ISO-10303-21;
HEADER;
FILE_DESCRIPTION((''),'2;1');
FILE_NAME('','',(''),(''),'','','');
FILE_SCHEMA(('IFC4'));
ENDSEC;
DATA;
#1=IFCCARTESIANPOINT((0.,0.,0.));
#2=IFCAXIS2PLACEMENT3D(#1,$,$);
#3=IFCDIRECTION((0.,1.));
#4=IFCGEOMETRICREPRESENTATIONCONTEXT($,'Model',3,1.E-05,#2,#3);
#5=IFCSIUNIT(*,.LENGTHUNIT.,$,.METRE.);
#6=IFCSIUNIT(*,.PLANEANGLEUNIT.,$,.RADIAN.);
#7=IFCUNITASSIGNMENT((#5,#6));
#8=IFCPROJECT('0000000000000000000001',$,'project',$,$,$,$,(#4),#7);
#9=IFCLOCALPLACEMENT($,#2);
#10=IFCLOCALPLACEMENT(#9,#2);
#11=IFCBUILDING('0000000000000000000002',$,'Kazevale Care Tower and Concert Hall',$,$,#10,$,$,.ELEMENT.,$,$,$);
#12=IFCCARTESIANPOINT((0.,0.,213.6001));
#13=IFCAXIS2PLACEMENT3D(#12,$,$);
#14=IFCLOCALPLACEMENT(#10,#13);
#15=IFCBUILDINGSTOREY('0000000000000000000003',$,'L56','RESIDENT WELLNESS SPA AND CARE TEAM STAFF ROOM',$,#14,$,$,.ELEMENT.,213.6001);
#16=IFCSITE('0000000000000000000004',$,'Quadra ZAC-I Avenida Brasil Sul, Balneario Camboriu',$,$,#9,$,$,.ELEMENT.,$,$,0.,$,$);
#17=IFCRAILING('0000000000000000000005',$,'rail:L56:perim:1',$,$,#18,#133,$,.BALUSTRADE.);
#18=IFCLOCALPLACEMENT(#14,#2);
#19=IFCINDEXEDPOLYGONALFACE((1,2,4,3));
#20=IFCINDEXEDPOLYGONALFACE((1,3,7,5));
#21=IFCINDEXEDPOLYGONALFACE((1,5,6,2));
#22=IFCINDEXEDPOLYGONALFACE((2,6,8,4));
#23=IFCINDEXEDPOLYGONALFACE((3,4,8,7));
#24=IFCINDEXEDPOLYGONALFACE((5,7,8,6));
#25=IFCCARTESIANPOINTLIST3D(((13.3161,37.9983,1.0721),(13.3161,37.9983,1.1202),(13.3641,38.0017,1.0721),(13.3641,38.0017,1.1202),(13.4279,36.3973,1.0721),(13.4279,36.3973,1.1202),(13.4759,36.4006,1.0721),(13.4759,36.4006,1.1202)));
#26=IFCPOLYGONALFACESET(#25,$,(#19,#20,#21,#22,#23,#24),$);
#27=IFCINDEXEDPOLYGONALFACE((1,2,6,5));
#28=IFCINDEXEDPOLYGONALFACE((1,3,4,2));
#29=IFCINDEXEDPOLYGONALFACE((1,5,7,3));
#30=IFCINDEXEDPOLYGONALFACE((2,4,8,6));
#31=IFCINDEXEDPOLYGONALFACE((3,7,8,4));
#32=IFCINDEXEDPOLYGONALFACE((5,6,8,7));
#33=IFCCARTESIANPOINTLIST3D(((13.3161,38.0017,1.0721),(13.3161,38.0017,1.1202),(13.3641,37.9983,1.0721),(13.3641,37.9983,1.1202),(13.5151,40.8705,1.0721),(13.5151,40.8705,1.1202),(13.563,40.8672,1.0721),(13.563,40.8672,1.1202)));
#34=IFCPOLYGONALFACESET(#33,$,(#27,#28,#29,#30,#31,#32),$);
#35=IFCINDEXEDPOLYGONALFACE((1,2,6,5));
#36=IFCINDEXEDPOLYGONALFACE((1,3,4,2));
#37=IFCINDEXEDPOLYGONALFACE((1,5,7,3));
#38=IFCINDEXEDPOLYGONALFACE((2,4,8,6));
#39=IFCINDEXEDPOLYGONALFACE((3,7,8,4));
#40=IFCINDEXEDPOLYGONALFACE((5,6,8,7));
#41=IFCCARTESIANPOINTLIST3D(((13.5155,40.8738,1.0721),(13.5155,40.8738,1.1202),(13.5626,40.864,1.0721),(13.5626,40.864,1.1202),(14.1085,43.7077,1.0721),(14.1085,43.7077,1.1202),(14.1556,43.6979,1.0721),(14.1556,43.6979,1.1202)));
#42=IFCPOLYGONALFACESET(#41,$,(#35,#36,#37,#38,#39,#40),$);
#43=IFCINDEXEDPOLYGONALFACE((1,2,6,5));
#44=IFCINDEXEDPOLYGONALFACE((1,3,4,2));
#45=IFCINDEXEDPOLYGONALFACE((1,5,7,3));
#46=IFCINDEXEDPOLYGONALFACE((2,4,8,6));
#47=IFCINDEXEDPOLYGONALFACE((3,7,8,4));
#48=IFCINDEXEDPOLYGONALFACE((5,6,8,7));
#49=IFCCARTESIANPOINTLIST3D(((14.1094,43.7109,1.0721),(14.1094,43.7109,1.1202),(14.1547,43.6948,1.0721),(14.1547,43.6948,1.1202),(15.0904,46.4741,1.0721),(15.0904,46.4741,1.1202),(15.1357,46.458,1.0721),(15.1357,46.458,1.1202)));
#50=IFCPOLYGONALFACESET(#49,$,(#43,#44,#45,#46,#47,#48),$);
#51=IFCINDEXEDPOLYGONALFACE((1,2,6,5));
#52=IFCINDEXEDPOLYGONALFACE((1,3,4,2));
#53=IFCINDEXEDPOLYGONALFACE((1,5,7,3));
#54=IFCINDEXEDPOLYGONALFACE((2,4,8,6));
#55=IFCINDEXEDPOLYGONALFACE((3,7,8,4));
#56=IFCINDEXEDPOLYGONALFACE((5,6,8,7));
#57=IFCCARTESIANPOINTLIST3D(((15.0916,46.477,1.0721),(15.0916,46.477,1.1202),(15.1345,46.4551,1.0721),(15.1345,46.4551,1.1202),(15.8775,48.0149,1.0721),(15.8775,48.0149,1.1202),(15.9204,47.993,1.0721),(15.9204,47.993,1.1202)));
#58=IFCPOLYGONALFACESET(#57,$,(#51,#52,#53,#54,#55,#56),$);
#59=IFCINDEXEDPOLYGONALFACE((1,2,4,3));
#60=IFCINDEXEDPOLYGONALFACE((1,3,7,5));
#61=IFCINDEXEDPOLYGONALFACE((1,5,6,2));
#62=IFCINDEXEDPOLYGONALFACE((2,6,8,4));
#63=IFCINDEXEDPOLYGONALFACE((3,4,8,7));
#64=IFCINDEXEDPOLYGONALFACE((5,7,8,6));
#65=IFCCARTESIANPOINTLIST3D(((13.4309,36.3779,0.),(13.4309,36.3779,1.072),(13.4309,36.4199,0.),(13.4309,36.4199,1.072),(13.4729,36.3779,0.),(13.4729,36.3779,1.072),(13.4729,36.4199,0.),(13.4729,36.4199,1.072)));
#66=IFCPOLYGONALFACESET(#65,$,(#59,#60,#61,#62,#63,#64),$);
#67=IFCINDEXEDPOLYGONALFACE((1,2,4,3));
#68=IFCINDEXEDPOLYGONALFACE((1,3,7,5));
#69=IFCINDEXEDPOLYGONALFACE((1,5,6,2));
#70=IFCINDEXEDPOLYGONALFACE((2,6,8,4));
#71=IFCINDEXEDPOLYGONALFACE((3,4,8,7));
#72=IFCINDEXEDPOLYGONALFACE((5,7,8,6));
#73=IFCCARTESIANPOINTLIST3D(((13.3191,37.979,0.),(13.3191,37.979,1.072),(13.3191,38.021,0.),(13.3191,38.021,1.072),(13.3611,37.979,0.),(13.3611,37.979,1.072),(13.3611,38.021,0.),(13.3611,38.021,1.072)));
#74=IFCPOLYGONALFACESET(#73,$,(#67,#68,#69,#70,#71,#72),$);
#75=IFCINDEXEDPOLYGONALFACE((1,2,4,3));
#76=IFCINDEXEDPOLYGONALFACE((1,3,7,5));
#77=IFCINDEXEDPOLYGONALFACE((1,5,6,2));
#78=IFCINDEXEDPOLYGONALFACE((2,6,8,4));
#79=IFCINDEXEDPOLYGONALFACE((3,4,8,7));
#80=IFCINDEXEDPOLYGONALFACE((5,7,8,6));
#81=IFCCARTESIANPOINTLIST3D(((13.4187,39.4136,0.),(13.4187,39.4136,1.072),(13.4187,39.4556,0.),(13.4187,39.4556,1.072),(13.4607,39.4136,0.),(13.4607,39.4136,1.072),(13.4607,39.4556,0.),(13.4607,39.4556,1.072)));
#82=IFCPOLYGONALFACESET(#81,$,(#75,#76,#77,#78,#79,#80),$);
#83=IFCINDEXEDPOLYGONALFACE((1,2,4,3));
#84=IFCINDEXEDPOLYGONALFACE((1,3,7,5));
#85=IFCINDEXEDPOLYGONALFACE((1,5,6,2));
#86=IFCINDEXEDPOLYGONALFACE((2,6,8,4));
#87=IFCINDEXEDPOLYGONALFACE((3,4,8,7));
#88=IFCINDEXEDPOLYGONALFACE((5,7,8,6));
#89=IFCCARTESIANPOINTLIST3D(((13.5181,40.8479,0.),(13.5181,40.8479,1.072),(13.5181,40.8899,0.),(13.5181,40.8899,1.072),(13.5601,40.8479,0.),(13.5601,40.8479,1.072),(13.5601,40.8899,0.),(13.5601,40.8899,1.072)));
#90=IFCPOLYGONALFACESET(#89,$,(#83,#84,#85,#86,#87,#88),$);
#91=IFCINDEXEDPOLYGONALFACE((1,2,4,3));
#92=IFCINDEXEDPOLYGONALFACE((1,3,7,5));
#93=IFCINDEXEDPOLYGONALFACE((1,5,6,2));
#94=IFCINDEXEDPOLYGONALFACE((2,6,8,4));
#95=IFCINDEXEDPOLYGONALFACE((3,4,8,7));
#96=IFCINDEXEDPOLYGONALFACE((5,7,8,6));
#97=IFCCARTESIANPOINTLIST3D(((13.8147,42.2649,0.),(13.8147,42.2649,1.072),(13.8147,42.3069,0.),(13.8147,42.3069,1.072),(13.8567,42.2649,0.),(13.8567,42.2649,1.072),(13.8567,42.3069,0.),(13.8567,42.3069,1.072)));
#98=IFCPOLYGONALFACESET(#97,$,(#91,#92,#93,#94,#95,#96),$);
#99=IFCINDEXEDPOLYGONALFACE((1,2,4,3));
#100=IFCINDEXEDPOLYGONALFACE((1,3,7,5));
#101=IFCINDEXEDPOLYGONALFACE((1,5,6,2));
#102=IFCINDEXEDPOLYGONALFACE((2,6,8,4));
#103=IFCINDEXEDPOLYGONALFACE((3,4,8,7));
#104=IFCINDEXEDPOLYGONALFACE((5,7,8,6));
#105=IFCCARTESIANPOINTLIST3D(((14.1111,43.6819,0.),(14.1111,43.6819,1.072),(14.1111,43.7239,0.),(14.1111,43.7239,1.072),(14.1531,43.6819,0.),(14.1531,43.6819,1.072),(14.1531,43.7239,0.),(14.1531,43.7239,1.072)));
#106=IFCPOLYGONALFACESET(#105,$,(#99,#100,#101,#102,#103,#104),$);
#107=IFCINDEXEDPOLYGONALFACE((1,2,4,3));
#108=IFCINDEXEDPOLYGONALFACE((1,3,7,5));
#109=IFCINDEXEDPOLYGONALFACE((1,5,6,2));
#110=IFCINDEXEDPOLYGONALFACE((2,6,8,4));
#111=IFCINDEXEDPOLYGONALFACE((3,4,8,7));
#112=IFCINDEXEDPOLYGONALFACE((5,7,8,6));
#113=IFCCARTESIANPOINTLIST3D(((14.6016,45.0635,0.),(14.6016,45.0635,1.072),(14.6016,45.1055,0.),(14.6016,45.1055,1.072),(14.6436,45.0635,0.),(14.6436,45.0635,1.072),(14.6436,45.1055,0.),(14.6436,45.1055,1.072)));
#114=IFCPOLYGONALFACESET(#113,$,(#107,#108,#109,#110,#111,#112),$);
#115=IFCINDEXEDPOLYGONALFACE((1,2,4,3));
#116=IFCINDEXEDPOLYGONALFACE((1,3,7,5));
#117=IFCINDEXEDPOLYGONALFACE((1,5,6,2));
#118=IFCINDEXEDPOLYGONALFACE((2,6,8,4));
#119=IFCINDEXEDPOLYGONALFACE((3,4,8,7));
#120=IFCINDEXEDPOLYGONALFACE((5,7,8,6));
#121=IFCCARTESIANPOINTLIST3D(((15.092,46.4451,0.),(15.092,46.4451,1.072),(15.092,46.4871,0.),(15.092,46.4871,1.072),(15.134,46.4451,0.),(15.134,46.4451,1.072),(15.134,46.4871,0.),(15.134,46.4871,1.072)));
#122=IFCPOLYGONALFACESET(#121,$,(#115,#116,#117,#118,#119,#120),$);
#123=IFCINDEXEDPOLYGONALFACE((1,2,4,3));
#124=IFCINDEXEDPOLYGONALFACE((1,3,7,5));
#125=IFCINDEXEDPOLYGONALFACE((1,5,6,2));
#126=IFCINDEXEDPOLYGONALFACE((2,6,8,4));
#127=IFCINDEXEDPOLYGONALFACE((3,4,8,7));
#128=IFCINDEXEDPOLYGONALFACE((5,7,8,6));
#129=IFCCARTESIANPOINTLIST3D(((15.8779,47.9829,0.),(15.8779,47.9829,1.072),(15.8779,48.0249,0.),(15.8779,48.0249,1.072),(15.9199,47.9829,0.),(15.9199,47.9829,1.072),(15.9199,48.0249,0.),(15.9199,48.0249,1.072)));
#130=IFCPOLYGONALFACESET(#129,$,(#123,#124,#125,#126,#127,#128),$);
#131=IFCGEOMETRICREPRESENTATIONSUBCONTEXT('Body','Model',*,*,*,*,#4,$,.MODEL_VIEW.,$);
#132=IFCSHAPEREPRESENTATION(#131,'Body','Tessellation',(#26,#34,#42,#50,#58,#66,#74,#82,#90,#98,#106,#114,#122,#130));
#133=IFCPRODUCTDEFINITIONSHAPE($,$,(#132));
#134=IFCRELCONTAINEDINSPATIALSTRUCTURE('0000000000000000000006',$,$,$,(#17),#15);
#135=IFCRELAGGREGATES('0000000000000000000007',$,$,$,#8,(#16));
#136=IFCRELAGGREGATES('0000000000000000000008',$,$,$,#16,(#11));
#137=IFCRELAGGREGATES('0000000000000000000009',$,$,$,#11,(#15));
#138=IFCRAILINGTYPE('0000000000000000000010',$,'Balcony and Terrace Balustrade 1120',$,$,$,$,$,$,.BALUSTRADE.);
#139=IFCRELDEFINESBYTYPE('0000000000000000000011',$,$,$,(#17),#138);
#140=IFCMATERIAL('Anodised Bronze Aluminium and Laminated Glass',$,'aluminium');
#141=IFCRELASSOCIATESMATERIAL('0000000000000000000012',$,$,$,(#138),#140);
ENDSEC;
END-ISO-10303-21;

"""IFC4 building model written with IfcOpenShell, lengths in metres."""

from ifc_helpers import new_model, si_unit, direction, frame, origin, origin_2d, place, context, subcontext, project, spatial, rectangle, extrude, material, type_object, element, save


model = new_model("IFC4")

# Units and contexts
model_context = context("Model", 3, precision=1e-05, world=origin(), true_north=direction((0.0, 1.0)))
body_context = subcontext(model_context, "Body", "Model", "MODEL_VIEW")
ifc_project = project(units=[si_unit("LENGTHUNIT", "METRE"), si_unit("PLANEANGLEUNIT", "RADIAN")], contexts=[model_context])

# Site, building, storey
site_placement = place(None, origin())
site = spatial("IfcSite", under=ifc_project, at=site_placement, Name="Quadra ZAC-I Avenida Brasil Sul, Balneario Camboriu", CompositionType="ELEMENT", RefElevation=0.0)
building_placement = place(site_placement, origin())
building = spatial("IfcBuilding", under=site, at=building_placement, Name="Kazevale Care Tower and Concert Hall", CompositionType="ELEMENT")
storey_placement = place(building_placement, frame((0.0, 0.0, 213.6001)))
storey = spatial("IfcBuildingStorey", under=building, at=storey_placement, Name="L56", Description="RESIDENT WELLNESS SPA AND CARE TEAM STAFF ROOM", CompositionType="ELEMENT", Elevation=213.6001)

# Railing
ifc_material_1 = material(Name="Anodised Bronze Aluminium and Laminated Glass", Category="aluminium")
railing_type = type_object("IfcRailingType", Name="Balcony and Terrace Balustrade 1120", PredefinedType="BALUSTRADE", material=ifc_material_1)
railing_placement = place(storey_placement, frame((13.4519, 36.3989, 0.0)))
element("IfcRailing", 1, at=railing_placement, inside=storey, type_object=railing_type, Name="rail:L56:perim:1", PredefinedType="BALUSTRADE", context=body_context, shape_type="SweptSolid", body=[
    extrude(rectangle(XDim=0.0481, YDim=0.0481, at=origin_2d()), frame((0.0, 0.0, 1.0962), z_axis=(-0.069669, 0.99757, 0.0), x_axis=(-0.99757, -0.069669, 0.0)), (0.0, 0.0, 1.0), 1.605),
    extrude(rectangle(XDim=0.0481, YDim=0.0481, at=origin_2d()), frame((-0.1118, 1.6011, 1.0962), z_axis=(0.06919, 0.997604, 0.0), x_axis=(-0.997604, 0.06919, 0.0)), (0.0, 0.0, 1.0), 2.8757),
    extrude(rectangle(XDim=0.0481, YDim=0.0481, at=origin_2d()), frame((0.0872, 4.47, 1.0962), z_axis=(0.204816, 0.9788, 0.0), x_axis=(-0.9788, 0.204816, 0.0)), (0.0, 0.0, 1.0), 2.8953),
    extrude(rectangle(XDim=0.0481, YDim=0.0481, at=origin_2d()), frame((0.6802, 7.304, 1.0962), z_axis=(0.334553, 0.942377, 0.0), x_axis=(-0.942377, 0.334553, 0.0)), (0.0, 0.0, 1.0), 2.9321),
    extrude(rectangle(XDim=0.0481, YDim=0.0481, at=origin_2d()), frame((1.6611, 10.0671, 1.0962), z_axis=(0.455056, 0.890463, 0.0), x_axis=(-0.890463, 0.455056, 0.0)), (0.0, 0.0, 1.0), 1.7271),
    extrude(rectangle(XDim=0.042, YDim=0.042, at=origin_2d()), origin(), (0.0, 0.0, 1.0), 1.072),
    extrude(rectangle(XDim=0.042, YDim=0.042, at=origin_2d()), frame((-0.1118, 1.6011, 0.0)), (0.0, 0.0, 1.0), 1.072),
    extrude(rectangle(XDim=0.042, YDim=0.042, at=origin_2d()), frame((-0.0122, 3.0356, 0.0)), (0.0, 0.0, 1.0), 1.072),
    extrude(rectangle(XDim=0.042, YDim=0.042, at=origin_2d()), frame((0.0872, 4.47, 0.0)), (0.0, 0.0, 1.0), 1.072),
    extrude(rectangle(XDim=0.042, YDim=0.042, at=origin_2d()), frame((0.3838, 5.887, 0.0)), (0.0, 0.0, 1.0), 1.072),
    extrude(rectangle(XDim=0.042, YDim=0.042, at=origin_2d()), frame((0.6802, 7.304, 0.0)), (0.0, 0.0, 1.0), 1.072),
    extrude(rectangle(XDim=0.042, YDim=0.042, at=origin_2d()), frame((1.1707, 8.6855, 0.0)), (0.0, 0.0, 1.0), 1.072),
    extrude(rectangle(XDim=0.042, YDim=0.042, at=origin_2d()), frame((1.6611, 10.0671, 0.0)), (0.0, 0.0, 1.0), 1.072),
    extrude(rectangle(XDim=0.042, YDim=0.042, at=origin_2d()), frame((2.447, 11.605, 0.0)), (0.0, 0.0, 1.0), 1.072),
])

save(model, "model.ifc")
